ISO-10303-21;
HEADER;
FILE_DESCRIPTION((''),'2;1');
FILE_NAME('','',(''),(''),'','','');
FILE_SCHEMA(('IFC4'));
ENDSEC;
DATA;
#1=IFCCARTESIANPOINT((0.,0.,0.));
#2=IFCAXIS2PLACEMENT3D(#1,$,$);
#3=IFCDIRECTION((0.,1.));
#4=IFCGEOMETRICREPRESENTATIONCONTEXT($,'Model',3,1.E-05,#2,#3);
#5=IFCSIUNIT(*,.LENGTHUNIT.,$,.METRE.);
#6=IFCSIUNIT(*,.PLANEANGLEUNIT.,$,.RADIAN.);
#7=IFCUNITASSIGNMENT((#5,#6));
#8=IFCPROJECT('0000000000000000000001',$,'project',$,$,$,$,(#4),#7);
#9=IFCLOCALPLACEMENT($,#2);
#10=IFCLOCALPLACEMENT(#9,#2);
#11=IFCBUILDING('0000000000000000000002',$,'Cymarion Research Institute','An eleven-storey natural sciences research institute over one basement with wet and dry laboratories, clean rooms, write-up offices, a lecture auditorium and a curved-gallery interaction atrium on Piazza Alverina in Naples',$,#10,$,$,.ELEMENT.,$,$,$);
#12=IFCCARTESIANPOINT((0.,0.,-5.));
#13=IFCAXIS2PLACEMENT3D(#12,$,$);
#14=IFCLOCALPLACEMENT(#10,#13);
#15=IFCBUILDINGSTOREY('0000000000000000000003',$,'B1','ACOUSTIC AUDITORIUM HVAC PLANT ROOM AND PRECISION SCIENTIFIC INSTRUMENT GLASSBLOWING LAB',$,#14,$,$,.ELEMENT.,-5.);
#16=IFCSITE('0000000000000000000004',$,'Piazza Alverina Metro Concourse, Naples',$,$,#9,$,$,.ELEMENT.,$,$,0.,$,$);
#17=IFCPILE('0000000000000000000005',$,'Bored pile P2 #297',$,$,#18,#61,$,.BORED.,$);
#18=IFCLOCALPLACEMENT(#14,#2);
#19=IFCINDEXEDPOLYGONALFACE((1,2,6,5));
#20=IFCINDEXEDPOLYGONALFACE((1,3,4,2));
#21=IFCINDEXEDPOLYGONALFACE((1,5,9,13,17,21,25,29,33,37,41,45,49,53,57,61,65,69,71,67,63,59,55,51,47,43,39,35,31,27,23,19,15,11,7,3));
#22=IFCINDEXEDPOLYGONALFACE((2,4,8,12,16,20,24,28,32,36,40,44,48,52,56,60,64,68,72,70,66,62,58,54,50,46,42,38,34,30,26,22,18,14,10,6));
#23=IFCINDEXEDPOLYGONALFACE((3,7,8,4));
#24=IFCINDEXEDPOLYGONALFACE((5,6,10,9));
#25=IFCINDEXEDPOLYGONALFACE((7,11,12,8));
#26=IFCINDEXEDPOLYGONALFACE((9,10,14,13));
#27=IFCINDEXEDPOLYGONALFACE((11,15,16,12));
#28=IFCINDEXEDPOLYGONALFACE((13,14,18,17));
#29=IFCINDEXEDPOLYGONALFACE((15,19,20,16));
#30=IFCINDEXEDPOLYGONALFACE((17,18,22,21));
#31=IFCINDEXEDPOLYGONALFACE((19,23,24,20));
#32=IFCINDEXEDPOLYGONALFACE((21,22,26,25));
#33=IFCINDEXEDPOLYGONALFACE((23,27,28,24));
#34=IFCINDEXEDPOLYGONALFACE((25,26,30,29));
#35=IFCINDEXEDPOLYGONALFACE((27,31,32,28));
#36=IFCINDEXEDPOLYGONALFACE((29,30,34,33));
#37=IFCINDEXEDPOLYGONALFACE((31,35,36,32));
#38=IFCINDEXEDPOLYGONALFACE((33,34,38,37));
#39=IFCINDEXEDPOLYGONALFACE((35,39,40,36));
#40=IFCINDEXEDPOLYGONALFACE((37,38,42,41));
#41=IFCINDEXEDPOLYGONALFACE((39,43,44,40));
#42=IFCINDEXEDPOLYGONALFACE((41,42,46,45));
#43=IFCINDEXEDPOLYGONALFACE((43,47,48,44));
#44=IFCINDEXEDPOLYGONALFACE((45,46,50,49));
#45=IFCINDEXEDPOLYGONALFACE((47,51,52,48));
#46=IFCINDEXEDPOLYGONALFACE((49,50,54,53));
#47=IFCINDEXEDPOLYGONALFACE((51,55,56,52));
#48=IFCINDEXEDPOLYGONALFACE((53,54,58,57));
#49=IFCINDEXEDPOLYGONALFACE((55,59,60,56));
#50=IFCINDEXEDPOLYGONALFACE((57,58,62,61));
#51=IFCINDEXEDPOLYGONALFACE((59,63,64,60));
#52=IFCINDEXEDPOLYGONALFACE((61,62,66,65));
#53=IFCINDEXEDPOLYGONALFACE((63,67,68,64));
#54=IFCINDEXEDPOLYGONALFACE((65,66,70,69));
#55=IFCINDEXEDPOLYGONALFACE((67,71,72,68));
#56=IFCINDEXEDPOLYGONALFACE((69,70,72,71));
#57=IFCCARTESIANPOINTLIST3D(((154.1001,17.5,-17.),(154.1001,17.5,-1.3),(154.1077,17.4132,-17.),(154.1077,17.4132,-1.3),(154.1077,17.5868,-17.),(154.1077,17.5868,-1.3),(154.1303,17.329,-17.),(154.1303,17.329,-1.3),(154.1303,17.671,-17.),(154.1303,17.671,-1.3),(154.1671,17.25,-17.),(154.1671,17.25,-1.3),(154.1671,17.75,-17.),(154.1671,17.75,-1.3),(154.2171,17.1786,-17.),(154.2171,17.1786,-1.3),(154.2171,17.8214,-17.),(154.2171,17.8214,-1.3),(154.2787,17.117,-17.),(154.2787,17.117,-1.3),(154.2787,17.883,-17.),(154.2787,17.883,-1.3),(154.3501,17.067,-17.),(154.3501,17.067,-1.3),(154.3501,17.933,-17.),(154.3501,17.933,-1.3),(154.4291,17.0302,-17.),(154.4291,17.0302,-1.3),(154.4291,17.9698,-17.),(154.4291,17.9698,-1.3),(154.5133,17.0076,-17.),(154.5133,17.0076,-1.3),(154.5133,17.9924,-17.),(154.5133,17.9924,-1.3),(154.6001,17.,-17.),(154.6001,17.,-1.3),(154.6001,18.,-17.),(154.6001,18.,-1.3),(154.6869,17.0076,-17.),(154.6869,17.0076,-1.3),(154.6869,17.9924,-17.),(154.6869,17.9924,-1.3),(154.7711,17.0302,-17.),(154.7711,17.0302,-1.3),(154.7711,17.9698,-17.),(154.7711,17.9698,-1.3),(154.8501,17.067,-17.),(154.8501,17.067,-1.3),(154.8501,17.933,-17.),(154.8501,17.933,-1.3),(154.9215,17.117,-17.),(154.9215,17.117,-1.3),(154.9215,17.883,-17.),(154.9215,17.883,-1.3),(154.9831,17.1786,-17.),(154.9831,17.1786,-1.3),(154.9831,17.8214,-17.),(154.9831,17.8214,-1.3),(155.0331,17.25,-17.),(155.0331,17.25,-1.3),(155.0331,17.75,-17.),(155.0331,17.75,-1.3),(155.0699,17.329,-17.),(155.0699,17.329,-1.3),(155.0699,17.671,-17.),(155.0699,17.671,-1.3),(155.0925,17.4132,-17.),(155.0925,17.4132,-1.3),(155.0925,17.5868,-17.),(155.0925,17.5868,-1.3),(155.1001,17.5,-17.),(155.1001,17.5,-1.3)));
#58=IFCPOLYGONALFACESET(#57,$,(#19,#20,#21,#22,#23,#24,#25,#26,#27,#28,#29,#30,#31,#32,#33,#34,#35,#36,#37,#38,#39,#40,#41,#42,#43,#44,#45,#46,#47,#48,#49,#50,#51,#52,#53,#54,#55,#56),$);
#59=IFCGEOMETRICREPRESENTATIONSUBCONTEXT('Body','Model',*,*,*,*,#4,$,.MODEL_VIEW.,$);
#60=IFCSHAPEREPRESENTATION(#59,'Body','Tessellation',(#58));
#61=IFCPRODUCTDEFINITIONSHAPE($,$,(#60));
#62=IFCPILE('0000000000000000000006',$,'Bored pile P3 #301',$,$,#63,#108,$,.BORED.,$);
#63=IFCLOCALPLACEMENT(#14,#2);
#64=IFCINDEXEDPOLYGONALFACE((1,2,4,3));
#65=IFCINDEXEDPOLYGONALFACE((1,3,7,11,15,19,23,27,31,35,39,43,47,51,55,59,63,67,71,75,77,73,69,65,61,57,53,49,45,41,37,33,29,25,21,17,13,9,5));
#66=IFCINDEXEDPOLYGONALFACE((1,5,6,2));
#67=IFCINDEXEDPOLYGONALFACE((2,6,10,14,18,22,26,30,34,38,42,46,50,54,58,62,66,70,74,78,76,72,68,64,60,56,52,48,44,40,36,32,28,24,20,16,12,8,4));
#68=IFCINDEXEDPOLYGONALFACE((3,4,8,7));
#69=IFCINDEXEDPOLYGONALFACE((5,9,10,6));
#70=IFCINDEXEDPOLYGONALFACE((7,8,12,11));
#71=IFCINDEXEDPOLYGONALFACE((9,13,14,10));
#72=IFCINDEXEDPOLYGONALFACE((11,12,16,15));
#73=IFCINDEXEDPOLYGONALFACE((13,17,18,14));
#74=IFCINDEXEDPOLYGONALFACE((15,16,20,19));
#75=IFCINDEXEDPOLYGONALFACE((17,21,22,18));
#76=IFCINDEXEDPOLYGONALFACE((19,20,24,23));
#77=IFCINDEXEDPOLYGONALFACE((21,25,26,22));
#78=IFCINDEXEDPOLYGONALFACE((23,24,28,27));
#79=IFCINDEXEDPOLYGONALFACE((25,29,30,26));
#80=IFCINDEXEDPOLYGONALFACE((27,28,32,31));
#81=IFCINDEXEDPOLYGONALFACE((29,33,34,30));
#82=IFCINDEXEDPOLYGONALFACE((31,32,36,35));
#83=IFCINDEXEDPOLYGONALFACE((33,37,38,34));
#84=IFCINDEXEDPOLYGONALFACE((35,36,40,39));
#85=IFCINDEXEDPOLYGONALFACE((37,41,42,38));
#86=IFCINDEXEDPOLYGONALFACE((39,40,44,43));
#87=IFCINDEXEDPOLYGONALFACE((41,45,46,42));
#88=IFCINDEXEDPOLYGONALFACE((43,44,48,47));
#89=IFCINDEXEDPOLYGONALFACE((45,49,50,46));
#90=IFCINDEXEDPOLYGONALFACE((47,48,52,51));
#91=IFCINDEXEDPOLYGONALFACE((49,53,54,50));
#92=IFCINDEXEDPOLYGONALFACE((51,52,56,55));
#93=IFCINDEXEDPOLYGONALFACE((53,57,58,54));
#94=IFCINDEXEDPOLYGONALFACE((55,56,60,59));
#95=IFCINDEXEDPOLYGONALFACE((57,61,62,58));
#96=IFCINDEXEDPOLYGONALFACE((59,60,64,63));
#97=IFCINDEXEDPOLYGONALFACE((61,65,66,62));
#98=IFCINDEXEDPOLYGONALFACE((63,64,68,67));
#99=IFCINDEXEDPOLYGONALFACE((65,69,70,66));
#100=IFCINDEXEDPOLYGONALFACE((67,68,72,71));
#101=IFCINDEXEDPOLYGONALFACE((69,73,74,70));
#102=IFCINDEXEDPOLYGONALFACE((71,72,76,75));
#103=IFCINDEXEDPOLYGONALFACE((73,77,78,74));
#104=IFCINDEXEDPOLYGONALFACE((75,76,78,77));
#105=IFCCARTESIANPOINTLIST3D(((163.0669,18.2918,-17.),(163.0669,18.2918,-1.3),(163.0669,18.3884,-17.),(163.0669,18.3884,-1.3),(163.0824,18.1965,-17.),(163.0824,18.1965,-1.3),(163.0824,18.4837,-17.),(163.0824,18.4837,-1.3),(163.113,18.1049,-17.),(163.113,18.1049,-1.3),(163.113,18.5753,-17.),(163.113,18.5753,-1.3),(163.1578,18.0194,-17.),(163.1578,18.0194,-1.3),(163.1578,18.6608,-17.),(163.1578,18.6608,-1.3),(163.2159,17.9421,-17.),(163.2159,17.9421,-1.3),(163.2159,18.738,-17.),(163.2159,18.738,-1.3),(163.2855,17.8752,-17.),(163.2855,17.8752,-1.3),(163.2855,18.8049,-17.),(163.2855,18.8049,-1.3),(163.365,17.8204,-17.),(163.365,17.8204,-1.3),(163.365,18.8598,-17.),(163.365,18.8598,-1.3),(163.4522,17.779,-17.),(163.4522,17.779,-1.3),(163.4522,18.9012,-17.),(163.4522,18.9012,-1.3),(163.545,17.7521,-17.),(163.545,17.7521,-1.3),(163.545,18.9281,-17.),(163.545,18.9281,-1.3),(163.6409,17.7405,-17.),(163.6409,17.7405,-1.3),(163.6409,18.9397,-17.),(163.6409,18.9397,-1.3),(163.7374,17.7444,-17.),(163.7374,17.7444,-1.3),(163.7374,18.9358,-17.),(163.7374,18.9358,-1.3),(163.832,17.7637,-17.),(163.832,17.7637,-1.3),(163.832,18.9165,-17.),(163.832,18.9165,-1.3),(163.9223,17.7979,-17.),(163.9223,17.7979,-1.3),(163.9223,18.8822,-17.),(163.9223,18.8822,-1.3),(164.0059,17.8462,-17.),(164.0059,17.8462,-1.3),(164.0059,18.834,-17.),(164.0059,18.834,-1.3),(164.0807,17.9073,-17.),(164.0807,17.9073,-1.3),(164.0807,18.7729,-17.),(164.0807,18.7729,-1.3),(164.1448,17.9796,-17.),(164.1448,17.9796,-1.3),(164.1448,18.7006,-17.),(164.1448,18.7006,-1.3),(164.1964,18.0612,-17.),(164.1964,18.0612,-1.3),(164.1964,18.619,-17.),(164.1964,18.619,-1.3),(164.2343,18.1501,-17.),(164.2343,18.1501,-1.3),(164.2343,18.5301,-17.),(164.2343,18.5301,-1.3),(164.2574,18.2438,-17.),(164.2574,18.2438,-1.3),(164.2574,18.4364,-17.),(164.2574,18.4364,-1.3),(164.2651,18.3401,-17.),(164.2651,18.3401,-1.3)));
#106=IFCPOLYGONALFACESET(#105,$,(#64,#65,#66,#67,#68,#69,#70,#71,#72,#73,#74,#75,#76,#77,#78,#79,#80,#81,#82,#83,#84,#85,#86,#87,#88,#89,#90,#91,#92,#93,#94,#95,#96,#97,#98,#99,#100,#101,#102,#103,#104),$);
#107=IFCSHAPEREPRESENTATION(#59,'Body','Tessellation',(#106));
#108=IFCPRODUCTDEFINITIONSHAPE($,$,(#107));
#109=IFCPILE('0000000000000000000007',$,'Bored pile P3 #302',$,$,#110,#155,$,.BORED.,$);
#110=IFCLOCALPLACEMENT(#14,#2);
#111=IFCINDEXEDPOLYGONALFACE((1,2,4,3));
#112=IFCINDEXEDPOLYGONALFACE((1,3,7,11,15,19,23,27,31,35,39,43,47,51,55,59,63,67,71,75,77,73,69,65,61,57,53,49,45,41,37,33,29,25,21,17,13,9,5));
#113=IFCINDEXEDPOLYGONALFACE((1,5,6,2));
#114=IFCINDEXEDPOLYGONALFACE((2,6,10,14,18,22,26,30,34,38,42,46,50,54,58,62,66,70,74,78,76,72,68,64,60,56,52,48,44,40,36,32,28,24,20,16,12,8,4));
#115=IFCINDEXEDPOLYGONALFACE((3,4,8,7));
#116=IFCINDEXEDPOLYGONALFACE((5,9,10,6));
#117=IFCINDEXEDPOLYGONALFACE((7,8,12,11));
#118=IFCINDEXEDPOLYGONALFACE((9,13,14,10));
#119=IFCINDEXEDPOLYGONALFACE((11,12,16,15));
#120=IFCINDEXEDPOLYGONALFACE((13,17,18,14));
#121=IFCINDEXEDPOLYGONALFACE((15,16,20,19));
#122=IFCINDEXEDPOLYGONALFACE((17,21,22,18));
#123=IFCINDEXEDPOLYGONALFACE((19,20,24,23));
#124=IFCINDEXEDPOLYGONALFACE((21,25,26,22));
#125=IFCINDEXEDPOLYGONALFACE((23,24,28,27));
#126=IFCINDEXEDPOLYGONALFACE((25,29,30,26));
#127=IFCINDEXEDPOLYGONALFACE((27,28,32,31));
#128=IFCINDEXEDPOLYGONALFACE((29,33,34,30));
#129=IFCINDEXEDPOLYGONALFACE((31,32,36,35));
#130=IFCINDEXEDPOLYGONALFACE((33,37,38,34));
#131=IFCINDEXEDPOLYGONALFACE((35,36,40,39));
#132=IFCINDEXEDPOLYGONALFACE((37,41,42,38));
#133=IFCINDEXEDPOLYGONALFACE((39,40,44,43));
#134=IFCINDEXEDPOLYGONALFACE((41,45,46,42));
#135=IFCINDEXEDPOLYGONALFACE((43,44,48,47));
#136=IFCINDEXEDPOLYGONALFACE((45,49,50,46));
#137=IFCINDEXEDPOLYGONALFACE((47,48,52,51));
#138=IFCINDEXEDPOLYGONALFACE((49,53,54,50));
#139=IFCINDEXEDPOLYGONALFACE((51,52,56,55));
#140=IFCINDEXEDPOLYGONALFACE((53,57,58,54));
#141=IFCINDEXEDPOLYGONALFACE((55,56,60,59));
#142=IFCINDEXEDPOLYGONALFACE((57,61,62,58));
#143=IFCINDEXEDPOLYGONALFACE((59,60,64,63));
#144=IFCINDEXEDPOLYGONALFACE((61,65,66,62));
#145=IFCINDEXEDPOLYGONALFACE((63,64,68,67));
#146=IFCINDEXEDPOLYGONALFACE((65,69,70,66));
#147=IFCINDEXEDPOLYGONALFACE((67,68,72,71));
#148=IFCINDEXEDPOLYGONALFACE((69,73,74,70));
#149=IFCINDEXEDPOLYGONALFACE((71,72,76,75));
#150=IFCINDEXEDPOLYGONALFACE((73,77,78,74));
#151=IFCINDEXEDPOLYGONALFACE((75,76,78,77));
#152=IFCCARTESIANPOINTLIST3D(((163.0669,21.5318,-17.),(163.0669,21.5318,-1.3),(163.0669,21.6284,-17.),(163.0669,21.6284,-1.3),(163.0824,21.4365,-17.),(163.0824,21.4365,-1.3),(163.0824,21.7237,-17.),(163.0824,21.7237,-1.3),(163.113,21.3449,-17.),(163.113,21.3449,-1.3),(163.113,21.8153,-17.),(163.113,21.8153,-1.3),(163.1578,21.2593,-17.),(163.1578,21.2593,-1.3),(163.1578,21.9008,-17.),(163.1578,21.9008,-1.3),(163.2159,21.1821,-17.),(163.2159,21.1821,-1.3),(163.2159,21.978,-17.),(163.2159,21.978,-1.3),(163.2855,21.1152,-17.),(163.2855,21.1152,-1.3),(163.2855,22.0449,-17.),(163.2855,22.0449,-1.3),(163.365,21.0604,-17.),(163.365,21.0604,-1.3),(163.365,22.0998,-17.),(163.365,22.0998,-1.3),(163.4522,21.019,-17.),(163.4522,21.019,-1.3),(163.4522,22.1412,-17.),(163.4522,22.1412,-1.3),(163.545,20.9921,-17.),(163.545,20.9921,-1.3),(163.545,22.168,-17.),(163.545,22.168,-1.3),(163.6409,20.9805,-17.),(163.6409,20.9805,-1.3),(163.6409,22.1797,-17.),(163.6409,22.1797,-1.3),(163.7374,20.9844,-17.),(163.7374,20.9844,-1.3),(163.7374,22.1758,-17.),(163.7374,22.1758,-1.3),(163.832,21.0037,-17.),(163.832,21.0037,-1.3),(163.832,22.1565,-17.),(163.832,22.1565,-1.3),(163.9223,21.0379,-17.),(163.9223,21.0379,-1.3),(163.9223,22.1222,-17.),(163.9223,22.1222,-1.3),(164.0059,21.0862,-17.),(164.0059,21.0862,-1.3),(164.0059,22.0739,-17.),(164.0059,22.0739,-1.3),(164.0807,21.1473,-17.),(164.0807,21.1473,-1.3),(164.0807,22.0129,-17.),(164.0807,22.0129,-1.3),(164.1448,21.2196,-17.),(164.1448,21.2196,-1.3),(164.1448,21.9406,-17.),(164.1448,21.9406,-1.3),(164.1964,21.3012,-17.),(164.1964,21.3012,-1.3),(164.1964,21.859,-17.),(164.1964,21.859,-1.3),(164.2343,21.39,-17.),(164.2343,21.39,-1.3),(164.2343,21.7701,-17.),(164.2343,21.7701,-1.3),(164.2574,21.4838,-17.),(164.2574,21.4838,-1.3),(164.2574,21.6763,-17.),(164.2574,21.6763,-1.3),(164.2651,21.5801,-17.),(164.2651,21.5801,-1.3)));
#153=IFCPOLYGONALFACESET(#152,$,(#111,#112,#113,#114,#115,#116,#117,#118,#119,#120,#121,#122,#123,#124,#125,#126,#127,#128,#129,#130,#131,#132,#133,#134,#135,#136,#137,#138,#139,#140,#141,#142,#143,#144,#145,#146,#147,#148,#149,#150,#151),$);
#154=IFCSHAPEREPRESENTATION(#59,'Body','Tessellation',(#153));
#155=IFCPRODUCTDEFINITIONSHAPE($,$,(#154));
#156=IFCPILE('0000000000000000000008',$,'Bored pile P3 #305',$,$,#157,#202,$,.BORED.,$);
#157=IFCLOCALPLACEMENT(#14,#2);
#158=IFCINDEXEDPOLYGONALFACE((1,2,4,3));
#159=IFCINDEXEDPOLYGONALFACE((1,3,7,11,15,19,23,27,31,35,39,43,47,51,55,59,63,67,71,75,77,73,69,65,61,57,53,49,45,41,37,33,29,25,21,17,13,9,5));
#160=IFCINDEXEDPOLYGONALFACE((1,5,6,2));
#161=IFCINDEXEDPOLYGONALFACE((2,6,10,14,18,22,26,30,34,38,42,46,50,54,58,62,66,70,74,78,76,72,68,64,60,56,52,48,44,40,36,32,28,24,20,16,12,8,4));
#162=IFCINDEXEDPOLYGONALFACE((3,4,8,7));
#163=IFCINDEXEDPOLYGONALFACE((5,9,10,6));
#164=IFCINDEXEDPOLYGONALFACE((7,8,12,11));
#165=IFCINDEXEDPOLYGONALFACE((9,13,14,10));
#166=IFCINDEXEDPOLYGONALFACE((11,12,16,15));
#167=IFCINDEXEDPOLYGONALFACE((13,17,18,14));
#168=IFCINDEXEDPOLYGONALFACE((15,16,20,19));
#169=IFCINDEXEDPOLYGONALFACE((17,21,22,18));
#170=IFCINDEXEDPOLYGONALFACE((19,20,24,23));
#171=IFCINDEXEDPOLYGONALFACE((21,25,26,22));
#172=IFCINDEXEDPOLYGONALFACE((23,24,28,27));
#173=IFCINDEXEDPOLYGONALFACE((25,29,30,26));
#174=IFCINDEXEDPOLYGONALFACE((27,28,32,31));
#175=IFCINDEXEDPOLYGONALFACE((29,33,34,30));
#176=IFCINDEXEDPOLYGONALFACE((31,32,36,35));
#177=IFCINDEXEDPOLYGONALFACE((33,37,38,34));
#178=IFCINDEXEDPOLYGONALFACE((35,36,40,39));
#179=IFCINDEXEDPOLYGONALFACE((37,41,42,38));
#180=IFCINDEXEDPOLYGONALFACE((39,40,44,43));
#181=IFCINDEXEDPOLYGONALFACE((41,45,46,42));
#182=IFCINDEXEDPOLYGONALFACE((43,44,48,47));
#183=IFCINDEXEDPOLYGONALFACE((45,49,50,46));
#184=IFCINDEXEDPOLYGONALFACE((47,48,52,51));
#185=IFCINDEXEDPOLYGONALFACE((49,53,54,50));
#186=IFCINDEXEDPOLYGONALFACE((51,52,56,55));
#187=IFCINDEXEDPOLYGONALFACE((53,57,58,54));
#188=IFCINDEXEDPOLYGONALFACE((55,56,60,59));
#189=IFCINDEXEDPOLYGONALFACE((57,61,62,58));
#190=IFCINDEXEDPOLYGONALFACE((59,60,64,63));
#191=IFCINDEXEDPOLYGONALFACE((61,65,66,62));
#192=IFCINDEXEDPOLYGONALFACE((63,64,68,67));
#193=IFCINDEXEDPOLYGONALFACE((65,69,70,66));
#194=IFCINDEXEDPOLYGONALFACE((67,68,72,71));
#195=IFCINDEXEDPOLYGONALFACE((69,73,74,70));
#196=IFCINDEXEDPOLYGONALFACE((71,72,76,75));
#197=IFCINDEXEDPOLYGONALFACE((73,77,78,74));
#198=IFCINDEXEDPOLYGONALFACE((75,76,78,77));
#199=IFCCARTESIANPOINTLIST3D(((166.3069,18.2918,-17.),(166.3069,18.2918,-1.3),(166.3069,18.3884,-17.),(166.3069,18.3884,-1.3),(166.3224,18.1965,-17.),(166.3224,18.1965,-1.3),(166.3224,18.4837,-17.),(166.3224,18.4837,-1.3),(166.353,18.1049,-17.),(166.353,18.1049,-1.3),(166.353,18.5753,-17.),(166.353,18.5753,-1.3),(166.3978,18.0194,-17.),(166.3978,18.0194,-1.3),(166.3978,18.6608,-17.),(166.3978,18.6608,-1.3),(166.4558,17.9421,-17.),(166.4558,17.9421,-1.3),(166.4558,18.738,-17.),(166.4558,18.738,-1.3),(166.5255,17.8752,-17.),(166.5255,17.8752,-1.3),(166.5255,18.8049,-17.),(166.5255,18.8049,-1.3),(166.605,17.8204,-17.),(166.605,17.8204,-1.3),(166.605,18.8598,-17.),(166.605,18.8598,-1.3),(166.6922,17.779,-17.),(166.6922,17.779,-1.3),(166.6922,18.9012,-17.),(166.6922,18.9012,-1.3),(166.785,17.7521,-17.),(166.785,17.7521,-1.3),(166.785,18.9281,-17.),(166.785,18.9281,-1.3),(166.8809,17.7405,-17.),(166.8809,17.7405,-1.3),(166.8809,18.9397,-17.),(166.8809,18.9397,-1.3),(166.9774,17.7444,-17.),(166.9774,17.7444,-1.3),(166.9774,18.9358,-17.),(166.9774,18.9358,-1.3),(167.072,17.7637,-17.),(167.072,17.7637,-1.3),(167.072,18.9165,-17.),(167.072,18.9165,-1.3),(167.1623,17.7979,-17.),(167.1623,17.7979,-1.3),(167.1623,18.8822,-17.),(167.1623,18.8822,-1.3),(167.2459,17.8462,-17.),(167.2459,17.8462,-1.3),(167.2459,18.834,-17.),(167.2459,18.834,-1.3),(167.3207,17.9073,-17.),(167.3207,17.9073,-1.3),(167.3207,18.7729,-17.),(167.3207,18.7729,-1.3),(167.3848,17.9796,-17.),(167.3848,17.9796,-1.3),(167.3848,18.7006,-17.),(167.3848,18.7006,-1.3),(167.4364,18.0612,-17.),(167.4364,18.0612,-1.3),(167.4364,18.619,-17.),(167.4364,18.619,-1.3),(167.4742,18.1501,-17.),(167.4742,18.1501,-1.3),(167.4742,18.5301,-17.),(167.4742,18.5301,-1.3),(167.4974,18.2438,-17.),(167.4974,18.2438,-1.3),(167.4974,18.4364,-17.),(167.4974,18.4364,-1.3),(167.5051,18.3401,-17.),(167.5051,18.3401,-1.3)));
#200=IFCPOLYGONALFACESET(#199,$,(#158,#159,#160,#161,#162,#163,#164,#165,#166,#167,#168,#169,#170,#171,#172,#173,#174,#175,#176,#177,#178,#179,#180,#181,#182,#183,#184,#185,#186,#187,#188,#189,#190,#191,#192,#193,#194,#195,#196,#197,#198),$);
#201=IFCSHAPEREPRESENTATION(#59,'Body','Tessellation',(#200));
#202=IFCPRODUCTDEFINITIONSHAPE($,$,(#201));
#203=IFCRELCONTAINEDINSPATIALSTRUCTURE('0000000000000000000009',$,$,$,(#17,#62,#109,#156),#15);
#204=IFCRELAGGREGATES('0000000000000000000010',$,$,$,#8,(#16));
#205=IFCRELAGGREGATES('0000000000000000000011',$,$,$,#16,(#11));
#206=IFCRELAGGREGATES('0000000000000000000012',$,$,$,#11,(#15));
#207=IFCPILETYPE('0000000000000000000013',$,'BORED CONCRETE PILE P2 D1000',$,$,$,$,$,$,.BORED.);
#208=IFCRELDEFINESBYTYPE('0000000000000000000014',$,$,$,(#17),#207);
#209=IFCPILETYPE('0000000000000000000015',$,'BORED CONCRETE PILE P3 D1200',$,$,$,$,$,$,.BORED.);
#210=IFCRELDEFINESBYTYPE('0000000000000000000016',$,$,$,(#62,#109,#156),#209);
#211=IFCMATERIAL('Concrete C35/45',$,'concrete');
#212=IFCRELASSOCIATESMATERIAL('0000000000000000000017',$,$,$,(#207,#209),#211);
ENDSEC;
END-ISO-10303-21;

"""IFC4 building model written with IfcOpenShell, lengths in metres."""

from ifc_helpers import new_model, si_unit, direction, frame, origin, origin_2d, place, context, subcontext, project, spatial, circle, extrude, material, material_profile, profile_set, type_object, element, save


model = new_model("IFC4")

# Units and contexts
model_context = context("Model", 3, precision=1e-05, world=origin(), true_north=direction((0.0, 1.0)))
body_context = subcontext(model_context, "Body", "Model", "MODEL_VIEW")
ifc_project = project(units=[si_unit("LENGTHUNIT", "METRE"), si_unit("PLANEANGLEUNIT", "RADIAN")], contexts=[model_context])

# Site, building, storey
site_placement = place(None, origin())
site = spatial("IfcSite", under=ifc_project, at=site_placement, Name="Piazza Alverina Metro Concourse, Naples", CompositionType="ELEMENT", RefElevation=0.0)
building_placement = place(site_placement, origin())
building = spatial("IfcBuilding", under=site, at=building_placement, Name="Cymarion Research Institute", Description="An eleven-storey natural sciences research institute over one basement with wet and dry laboratories, clean rooms, write-up offices, a lecture auditorium and a curved-gallery interaction atrium on Piazza Alverina in Naples", CompositionType="ELEMENT")
storey_placement = place(building_placement, frame((0.0, 0.0, -5.0)))
storey = spatial("IfcBuildingStorey", under=building, at=storey_placement, Name="B1", Description="ACOUSTIC AUDITORIUM HVAC PLANT ROOM AND PRECISION SCIENTIFIC INSTRUMENT GLASSBLOWING LAB", CompositionType="ELEMENT", Elevation=-5.0)

# Piles
ifc_material_1 = material(Name="Concrete C35/45", Category="concrete")
ifc_material_profile_1 = material_profile(ifc_material_1, circle(Radius=0.5, at=origin_2d()), Name="BORED PILE D1000")
ifc_profile_set_1 = profile_set([ifc_material_profile_1], Name="Concrete C35/45")
pile_type_1 = type_object("IfcPileType", Name="BORED CONCRETE PILE P2 D1000", PredefinedType="BORED", material=ifc_profile_set_1)
pile_placement = place(storey_placement, frame((154.6001, 17.5, -1.3), z_axis=(0.0, 0.0, -1.0), x_axis=(1.0, 0.0, 0.0)))
element("IfcPile", 1, at=pile_placement, inside=storey, type_object=pile_type_1, Name="Bored pile P2 #297", PredefinedType="BORED", context=body_context, shape_type="SweptSolid", body=[
    extrude(circle(Radius=0.5, at=origin_2d()), origin(), (0.0, 0.0, 1.0), 15.7),
])
ifc_material_profile_2 = material_profile(ifc_material_1, circle(Radius=0.6001, at=origin_2d()), Name="BORED PILE D1200")
ifc_profile_set_2 = profile_set([ifc_material_profile_2], Name="Concrete C35/45")
pile_type_2 = type_object("IfcPileType", Name="BORED CONCRETE PILE P3 D1200", PredefinedType="BORED", material=ifc_profile_set_2)
for number, where, z_axis, x_axis, name in (
    (2, (163.665, 18.3401, -1.3), (0.0, 0.0, -1.0), (1.0, 0.0, 0.0), "Bored pile P3 #301"),
    (3, (163.665, 21.5801, -1.3), (0.0, 0.0, -1.0), (1.0, 0.0, 0.0), "Bored pile P3 #302"),
    (4, (166.905, 18.3401, -1.3), (0.0, 0.0, -1.0), (1.0, 0.0, 0.0), "Bored pile P3 #305"),
):
    element("IfcPile", number, at=place(storey_placement, frame(where, z_axis=z_axis, x_axis=x_axis)), inside=storey, type_object=pile_type_2, Name=name, PredefinedType="BORED", context=body_context, shape_type="SweptSolid", body=[
        extrude(circle(Radius=0.6001, at=origin_2d()), origin(), (0.0, 0.0, 1.0), 15.7),
    ])

save(model, "model.ifc")
